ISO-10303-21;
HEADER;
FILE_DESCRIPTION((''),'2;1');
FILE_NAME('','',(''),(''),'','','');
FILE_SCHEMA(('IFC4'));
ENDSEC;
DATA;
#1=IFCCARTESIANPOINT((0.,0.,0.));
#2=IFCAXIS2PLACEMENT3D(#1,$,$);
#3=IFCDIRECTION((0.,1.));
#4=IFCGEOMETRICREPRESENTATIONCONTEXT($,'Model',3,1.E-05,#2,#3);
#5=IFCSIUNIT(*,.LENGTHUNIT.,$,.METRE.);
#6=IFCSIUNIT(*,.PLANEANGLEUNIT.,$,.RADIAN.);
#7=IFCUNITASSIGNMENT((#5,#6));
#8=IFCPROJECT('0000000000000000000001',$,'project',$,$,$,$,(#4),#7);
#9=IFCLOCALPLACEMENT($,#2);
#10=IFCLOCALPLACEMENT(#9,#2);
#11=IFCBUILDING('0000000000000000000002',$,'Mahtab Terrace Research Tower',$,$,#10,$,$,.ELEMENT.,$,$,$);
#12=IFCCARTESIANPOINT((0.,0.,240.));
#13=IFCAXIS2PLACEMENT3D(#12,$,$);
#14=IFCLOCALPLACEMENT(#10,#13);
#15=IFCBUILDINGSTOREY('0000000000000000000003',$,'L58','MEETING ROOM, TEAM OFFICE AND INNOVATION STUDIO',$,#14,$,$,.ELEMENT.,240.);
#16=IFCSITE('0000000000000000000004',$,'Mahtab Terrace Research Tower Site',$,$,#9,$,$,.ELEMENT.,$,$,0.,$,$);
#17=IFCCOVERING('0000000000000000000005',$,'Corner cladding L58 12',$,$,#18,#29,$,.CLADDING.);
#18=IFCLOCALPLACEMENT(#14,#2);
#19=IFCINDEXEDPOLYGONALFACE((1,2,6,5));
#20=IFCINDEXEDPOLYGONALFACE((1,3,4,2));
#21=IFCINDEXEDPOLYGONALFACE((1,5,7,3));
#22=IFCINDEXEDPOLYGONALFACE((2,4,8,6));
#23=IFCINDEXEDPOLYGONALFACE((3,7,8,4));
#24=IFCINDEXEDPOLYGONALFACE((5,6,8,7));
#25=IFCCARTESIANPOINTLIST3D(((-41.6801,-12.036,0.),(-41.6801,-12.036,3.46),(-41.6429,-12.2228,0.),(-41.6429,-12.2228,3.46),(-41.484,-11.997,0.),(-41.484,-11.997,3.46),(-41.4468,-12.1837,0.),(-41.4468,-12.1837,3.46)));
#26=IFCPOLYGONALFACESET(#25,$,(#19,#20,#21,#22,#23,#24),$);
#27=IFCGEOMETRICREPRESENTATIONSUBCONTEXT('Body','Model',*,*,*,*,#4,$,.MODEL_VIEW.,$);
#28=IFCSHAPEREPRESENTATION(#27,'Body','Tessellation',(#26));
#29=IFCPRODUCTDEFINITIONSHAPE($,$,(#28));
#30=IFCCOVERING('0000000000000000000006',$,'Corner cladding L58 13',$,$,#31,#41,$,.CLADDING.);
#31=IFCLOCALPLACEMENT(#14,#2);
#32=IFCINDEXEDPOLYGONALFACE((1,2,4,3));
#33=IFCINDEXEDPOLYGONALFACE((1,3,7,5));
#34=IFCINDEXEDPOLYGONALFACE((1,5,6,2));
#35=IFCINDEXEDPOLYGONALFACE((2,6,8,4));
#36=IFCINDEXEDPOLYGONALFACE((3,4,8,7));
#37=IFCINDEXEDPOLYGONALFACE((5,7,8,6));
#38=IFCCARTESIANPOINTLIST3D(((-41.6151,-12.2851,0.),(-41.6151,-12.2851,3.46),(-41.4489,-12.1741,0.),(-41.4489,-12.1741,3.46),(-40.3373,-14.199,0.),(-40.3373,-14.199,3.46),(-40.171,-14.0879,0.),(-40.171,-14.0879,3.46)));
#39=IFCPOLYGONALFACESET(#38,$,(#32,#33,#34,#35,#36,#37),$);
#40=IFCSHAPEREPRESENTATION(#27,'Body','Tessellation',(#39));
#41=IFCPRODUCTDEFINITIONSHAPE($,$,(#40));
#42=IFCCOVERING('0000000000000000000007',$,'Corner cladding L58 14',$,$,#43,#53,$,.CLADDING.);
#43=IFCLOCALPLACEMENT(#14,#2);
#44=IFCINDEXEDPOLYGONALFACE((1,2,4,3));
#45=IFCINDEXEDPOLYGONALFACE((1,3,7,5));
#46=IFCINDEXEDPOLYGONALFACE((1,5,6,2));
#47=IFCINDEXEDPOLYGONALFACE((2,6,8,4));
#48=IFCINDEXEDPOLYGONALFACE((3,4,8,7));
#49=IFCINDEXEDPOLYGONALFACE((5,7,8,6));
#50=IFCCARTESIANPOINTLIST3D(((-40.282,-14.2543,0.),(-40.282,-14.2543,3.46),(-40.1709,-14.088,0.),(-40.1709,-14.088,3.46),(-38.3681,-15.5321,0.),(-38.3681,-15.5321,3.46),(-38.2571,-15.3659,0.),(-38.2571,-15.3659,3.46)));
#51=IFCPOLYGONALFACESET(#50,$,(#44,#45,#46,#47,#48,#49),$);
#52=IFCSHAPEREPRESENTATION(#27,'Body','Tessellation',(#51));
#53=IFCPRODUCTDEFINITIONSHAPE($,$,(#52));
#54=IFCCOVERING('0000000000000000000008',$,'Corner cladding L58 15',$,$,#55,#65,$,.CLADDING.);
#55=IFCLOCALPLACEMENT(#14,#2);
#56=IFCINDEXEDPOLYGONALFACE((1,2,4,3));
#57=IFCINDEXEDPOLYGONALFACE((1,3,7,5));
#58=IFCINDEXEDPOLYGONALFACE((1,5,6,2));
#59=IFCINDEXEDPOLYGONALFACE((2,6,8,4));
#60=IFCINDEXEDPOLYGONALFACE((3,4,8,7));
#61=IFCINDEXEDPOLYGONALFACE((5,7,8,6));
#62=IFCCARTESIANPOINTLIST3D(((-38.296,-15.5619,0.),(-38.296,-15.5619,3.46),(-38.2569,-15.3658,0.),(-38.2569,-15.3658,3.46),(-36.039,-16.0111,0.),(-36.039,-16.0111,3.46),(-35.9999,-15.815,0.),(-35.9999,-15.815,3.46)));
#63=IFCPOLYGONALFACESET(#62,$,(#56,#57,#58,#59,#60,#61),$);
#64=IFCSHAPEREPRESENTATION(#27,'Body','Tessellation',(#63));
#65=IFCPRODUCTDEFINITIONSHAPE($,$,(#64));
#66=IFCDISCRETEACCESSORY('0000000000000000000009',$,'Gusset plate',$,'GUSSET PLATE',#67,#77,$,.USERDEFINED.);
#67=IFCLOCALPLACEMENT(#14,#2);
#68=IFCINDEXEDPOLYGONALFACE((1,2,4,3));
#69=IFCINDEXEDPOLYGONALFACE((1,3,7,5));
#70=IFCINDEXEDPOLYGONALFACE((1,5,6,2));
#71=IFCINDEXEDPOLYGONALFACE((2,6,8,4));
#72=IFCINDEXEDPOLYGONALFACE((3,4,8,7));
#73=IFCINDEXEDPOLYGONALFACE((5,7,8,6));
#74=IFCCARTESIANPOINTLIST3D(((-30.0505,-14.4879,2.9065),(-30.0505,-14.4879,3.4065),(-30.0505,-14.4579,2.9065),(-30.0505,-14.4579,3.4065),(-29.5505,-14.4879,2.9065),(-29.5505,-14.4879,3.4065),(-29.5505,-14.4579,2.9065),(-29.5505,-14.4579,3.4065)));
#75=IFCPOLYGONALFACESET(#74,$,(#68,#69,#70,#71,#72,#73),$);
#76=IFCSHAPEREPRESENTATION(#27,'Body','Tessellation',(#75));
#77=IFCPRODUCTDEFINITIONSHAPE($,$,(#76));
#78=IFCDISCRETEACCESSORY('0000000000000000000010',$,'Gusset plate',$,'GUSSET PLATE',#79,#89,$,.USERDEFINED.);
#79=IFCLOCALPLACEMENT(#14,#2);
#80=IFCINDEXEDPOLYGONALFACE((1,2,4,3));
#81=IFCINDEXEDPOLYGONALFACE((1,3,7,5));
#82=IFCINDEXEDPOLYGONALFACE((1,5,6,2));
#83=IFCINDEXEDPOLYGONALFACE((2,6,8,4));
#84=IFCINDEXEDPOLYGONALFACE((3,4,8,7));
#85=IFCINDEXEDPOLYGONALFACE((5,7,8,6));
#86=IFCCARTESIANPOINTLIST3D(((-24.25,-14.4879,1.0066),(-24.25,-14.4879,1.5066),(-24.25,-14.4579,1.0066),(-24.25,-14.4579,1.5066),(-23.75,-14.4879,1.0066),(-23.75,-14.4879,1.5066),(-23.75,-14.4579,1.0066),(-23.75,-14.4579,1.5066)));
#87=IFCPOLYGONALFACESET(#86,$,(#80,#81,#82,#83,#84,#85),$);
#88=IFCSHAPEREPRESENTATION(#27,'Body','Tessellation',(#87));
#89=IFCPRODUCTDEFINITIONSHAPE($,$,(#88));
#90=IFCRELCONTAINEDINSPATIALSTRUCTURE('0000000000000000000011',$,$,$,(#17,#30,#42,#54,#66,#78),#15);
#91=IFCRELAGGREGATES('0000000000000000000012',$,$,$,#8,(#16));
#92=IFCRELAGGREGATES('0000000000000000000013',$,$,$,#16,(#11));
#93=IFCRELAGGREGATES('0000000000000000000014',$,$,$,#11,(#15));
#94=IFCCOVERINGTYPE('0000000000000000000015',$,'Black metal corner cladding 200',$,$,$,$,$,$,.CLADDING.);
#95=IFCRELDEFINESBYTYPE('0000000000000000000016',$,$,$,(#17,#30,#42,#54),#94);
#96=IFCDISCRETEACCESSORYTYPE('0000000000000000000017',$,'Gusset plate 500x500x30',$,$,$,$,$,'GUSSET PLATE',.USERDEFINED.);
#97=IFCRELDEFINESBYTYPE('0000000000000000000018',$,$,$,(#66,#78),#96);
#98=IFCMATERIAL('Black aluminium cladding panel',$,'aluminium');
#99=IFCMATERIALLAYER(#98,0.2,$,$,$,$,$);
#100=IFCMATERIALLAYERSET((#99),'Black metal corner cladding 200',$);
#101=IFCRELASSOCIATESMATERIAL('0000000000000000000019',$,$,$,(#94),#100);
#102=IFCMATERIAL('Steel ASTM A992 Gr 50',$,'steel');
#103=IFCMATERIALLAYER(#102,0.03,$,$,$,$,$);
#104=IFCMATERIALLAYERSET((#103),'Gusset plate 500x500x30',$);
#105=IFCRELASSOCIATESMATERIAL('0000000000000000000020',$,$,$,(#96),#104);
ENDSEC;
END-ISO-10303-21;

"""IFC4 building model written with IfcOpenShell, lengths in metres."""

from ifc_helpers import new_model, si_unit, direction, frame, origin, origin_2d, place, context, subcontext, project, spatial, rectangle, extrude, material, layer, layer_set, type_object, element, save


model = new_model("IFC4")

# Units and contexts
model_context = context("Model", 3, precision=1e-05, world=origin(), true_north=direction((0.0, 1.0)))
body_context = subcontext(model_context, "Body", "Model", "MODEL_VIEW")
ifc_project = project(units=[si_unit("LENGTHUNIT", "METRE"), si_unit("PLANEANGLEUNIT", "RADIAN")], contexts=[model_context])

# Site, building, storey
site_placement = place(None, origin())
site = spatial("IfcSite", under=ifc_project, at=site_placement, Name="Mahtab Terrace Research Tower Site", CompositionType="ELEMENT", RefElevation=0.0)
building_placement = place(site_placement, origin())
building = spatial("IfcBuilding", under=site, at=building_placement, Name="Mahtab Terrace Research Tower", CompositionType="ELEMENT")
storey_placement = place(building_placement, frame((0.0, 0.0, 240.0)))
storey = spatial("IfcBuildingStorey", under=building, at=storey_placement, Name="L58", Description="MEETING ROOM, TEAM OFFICE AND INNOVATION STUDIO", CompositionType="ELEMENT", Elevation=240.0)

# Shared definitions
ifc_material_1 = material(Name="Steel ASTM A992 Gr 50", Category="steel")

# Coverings
ifc_material_2 = material(Name="Black aluminium cladding panel", Category="aluminium")
ifc_layer_1 = layer(ifc_material_2, 0.2)
ifc_layer_set_1 = layer_set([ifc_layer_1], Name="Black metal corner cladding 200")
covering_type = type_object("IfcCoveringType", Name="Black metal corner cladding 200", PredefinedType="CLADDING", material=ifc_layer_set_1)
covering_placement = place(storey_placement, frame((-41.5635, -12.1099, 0.0), z_axis=(0.0, 0.0, 1.0), x_axis=(0.195212, -0.980761, 0.0)))
element("IfcCovering", 1, at=covering_placement, inside=storey, type_object=covering_type, Name="Corner cladding L58 12", PredefinedType="CLADDING", context=body_context, shape_type="SweptSolid", body=[
    extrude(rectangle(XDim=0.1904, YDim=0.2, at=origin_2d()), origin(), (0.0, 0.0, 1.0), 3.46),
])
for number, where, z_axis, x_axis, name in (
    (2, (-40.8931, -13.1865, 0.0), (0.0, 0.0, 1.0), (0.555291, -0.831656, 0.0), "Corner cladding L58 13"),
    (3, (-39.2695, -14.8101, 0.0), (0.0, 0.0, 1.0), (0.831656, -0.555291, 0.0), "Corner cladding L58 14"),
    (4, (-37.1479, -15.6885, 0.0), (0.0, 0.0, 1.0), (0.980761, -0.195212, 0.0), "Corner cladding L58 15"),
):
    element("IfcCovering", number, at=place(storey_placement, frame(where, z_axis=z_axis, x_axis=x_axis)), inside=storey, type_object=covering_type, Name=name, PredefinedType="CLADDING", context=body_context, shape_type="SweptSolid", body=[
        extrude(rectangle(XDim=2.3013, YDim=0.2, at=origin_2d()), origin(), (0.0, 0.0, 1.0), 3.46),
    ])

# Discrete accessories
ifc_layer_2 = layer(ifc_material_1, 0.03)
ifc_layer_set_2 = layer_set([ifc_layer_2], Name="Gusset plate 500x500x30")
discrete_accessory_type = type_object("IfcDiscreteAccessoryType", Name="Gusset plate 500x500x30", ElementType="GUSSET PLATE", PredefinedType="USERDEFINED", material=ifc_layer_set_2)
for number, where, z_axis, x_axis, name in (
    (5, (-29.8005, -14.4729, 2.9065), (0.0, 0.0, 1.0), (1.0, 0.0, 0.0), "Gusset plate"),
    (6, (-24.0, -14.4729, 1.0066), (0.0, 0.0, 1.0), (1.0, 0.0, 0.0), "Gusset plate"),
):
    element("IfcDiscreteAccessory", number, at=place(storey_placement, frame(where, z_axis=z_axis, x_axis=x_axis)), inside=storey, type_object=discrete_accessory_type, Name=name, ObjectType="GUSSET PLATE", PredefinedType="USERDEFINED", context=body_context, shape_type="SweptSolid", body=[
        extrude(rectangle(XDim=0.5, YDim=0.03, at=origin_2d()), origin(), (0.0, 0.0, 1.0), 0.5),
    ])

save(model, "model.ifc")
